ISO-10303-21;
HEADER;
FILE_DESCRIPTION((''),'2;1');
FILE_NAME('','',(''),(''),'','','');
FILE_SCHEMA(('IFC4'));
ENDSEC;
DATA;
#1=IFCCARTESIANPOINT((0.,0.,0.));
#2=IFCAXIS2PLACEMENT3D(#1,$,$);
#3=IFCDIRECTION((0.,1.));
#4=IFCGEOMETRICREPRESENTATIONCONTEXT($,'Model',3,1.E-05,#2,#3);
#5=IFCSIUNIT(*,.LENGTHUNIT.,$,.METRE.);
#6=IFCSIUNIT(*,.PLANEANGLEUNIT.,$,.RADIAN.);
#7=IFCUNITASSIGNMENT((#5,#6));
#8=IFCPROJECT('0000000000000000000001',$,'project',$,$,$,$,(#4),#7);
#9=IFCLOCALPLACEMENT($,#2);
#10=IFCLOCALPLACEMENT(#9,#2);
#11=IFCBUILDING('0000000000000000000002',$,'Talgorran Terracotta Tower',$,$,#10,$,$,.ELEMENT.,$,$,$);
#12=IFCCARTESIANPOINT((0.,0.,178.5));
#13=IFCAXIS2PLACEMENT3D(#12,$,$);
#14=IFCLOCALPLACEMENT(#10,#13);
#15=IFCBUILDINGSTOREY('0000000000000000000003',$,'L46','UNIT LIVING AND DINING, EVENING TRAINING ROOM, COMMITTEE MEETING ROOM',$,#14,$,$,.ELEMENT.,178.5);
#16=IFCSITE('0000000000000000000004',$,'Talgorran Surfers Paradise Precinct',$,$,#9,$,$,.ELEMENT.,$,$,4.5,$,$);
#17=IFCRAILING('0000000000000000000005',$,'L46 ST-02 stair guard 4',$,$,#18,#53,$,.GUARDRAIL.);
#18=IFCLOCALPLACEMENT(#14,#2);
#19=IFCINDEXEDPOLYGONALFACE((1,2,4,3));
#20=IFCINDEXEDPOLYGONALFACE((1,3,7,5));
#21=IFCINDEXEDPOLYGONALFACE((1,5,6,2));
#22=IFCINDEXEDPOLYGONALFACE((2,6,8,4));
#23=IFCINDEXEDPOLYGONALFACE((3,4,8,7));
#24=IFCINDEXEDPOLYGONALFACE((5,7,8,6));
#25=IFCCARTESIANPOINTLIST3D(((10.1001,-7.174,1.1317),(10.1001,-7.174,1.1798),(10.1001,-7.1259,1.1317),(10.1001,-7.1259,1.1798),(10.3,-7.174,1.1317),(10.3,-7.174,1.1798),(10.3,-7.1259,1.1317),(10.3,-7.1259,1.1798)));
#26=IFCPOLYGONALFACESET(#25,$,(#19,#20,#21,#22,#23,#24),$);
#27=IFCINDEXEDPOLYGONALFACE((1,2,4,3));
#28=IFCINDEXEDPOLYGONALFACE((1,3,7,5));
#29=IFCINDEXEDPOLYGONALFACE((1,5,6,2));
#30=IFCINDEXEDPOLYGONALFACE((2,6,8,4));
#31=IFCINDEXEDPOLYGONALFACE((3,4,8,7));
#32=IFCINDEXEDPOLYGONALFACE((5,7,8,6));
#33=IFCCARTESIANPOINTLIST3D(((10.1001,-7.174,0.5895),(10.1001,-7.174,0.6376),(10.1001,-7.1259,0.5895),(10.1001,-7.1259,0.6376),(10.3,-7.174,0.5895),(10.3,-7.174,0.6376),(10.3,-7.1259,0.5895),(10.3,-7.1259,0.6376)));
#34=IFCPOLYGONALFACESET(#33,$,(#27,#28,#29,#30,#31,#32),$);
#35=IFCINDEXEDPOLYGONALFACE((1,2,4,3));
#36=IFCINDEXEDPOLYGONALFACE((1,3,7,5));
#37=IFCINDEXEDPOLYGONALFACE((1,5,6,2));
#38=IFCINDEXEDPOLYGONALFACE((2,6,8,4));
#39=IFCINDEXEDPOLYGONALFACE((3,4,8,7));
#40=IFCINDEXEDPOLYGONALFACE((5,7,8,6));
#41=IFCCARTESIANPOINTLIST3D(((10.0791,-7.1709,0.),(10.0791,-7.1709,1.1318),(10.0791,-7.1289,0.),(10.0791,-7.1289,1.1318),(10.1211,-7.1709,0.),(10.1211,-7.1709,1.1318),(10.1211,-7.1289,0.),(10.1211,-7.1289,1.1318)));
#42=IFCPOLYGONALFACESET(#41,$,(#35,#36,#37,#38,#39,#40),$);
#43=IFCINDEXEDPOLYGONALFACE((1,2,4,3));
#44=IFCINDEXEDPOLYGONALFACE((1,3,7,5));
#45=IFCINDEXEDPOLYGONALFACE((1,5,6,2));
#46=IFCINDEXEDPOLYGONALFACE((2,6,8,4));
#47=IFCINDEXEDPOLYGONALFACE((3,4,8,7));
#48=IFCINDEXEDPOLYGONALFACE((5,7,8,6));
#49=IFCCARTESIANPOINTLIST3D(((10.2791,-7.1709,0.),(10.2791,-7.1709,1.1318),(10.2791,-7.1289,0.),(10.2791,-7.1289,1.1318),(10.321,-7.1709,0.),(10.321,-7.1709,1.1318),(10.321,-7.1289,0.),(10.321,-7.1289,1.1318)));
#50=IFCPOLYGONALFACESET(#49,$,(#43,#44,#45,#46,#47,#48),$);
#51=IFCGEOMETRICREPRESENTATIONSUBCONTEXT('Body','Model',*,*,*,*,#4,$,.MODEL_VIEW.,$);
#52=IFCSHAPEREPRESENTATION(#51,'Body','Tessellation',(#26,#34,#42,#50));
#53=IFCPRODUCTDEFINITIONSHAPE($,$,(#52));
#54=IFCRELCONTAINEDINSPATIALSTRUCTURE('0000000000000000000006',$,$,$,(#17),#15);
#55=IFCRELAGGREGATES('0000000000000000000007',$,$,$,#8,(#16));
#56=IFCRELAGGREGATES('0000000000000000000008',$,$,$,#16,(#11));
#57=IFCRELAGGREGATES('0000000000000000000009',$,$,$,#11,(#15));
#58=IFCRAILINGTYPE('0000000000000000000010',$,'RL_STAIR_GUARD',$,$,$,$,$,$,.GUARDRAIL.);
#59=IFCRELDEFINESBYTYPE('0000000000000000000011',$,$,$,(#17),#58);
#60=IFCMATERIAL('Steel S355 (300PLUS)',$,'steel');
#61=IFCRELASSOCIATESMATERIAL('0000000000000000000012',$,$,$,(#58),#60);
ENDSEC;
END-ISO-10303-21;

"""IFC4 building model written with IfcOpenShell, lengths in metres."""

from ifc_helpers import new_model, si_unit, direction, frame, origin, origin_2d, place, context, subcontext, project, spatial, rectangle, extrude, material, type_object, element, save


model = new_model("IFC4")

# Units and contexts
model_context = context("Model", 3, precision=1e-05, world=origin(), true_north=direction((0.0, 1.0)))
body_context = subcontext(model_context, "Body", "Model", "MODEL_VIEW")
ifc_project = project(units=[si_unit("LENGTHUNIT", "METRE"), si_unit("PLANEANGLEUNIT", "RADIAN")], contexts=[model_context])

# Site, building, storey
site_placement = place(None, origin())
site = spatial("IfcSite", under=ifc_project, at=site_placement, Name="Talgorran Surfers Paradise Precinct", CompositionType="ELEMENT", RefElevation=4.5)
building_placement = place(site_placement, origin())
building = spatial("IfcBuilding", under=site, at=building_placement, Name="Talgorran Terracotta Tower", CompositionType="ELEMENT")
storey_placement = place(building_placement, frame((0.0, 0.0, 178.5)))
storey = spatial("IfcBuildingStorey", under=building, at=storey_placement, Name="L46", Description="UNIT LIVING AND DINING, EVENING TRAINING ROOM, COMMITTEE MEETING ROOM", CompositionType="ELEMENT", Elevation=178.5)

# Shared definitions
ifc_material_1 = material(Name="Steel S355 (300PLUS)", Category="steel")

# Railing
railing_type_1 = type_object("IfcRailingType", Name="RL_STAIR_GUARD", PredefinedType="GUARDRAIL", material=ifc_material_1)
railing_1_placement = place(storey_placement, frame((10.1001, -7.1499, 0.0)))
element("IfcRailing", 1, at=railing_1_placement, inside=storey, type_object=railing_type_1, Name="L46 ST-02 stair guard 4", PredefinedType="GUARDRAIL", context=body_context, shape_type="SweptSolid", body=[
    extrude(rectangle(XDim=0.0481, YDim=0.0481, at=origin_2d()), frame((0.0, 0.0, 1.1558), z_axis=(1.0, 0.0, 0.0), x_axis=(0.0, 1.0, 0.0)), (0.0, 0.0, 1.0), 0.2),
    extrude(rectangle(XDim=0.0481, YDim=0.0481, at=origin_2d()), frame((0.0, 0.0, 0.6135), z_axis=(1.0, 0.0, 0.0), x_axis=(0.0, 1.0, 0.0)), (0.0, 0.0, 1.0), 0.2),
    extrude(rectangle(XDim=0.042, YDim=0.042, at=origin_2d()), origin(), (0.0, 0.0, 1.0), 1.1318),
    extrude(rectangle(XDim=0.042, YDim=0.042, at=origin_2d()), frame((0.2, 0.0, 0.0)), (0.0, 0.0, 1.0), 1.1318),
])

save(model, "model.ifc")
